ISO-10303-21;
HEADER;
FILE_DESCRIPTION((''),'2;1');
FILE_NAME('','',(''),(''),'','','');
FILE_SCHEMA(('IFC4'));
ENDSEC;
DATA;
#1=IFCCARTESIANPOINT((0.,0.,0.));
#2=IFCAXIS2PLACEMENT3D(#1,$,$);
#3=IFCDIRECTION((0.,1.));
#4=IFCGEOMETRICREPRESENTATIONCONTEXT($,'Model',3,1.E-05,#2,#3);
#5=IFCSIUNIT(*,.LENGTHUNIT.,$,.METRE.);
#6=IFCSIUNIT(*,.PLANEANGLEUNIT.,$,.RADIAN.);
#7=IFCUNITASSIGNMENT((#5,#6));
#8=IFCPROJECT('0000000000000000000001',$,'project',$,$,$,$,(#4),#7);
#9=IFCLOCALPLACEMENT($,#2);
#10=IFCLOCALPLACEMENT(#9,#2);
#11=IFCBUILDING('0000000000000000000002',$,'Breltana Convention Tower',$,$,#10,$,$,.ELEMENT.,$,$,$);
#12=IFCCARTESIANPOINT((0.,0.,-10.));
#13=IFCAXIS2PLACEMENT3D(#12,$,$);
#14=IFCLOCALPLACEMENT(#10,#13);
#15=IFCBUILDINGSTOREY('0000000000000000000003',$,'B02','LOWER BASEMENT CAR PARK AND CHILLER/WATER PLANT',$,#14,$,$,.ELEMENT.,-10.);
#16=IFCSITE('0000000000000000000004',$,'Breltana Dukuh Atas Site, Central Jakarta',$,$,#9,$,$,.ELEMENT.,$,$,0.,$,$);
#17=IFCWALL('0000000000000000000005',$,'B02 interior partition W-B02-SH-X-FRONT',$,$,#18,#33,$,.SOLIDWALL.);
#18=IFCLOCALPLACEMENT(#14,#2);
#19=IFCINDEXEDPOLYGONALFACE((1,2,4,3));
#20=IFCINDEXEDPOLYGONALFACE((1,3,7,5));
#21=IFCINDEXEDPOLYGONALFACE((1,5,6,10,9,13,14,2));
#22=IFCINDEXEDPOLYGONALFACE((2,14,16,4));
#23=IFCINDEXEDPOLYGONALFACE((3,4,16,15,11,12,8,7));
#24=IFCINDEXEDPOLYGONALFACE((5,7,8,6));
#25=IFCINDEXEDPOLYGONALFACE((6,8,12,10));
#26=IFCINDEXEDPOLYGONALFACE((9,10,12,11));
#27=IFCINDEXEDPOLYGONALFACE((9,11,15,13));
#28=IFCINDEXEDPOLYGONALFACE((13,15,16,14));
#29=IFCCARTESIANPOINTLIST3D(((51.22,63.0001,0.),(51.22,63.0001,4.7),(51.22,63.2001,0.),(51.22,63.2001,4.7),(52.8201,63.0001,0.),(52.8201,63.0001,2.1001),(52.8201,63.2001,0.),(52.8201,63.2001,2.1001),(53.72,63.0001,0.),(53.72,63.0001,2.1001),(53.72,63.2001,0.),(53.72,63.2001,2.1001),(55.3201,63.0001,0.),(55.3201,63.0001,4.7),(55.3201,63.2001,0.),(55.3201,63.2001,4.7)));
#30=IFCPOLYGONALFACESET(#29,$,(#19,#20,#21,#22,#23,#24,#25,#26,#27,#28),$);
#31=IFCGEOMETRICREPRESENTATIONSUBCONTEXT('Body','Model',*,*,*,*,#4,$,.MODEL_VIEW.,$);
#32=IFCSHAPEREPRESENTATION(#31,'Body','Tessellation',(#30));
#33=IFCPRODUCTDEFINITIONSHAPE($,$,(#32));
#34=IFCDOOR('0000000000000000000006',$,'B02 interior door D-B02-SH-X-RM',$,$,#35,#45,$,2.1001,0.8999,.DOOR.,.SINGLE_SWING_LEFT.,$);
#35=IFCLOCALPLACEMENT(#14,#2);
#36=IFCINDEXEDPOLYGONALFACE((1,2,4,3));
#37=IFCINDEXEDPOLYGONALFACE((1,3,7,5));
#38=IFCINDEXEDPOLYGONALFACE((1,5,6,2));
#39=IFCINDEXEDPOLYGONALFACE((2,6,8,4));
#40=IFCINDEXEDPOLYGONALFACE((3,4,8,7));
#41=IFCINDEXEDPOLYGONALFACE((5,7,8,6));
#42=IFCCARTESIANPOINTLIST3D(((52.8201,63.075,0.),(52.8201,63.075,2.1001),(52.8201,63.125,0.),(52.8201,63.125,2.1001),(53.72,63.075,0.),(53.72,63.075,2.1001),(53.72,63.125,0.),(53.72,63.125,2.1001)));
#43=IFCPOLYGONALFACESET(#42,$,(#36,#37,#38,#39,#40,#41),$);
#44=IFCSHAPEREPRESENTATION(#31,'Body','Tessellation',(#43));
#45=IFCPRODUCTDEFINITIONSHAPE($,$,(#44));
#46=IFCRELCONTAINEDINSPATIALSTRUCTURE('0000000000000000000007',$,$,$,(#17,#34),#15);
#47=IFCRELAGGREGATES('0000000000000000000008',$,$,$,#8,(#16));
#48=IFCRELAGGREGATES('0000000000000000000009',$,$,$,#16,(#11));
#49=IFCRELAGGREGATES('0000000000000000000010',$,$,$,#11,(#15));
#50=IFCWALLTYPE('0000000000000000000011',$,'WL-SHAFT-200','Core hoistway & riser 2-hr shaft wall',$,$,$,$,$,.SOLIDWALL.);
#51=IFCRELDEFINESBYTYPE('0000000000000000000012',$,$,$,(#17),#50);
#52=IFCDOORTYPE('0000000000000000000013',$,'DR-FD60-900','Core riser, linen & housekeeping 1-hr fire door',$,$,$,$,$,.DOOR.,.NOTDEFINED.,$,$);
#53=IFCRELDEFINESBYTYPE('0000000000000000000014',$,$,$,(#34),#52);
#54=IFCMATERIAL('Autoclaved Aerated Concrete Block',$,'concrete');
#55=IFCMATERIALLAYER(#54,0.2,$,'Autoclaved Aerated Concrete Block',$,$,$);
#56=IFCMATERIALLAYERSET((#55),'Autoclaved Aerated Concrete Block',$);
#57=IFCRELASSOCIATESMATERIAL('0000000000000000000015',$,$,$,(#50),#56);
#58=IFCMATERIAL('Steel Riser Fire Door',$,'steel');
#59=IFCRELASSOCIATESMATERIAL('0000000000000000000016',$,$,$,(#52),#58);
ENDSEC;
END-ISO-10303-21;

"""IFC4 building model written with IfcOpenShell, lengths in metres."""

from ifc_helpers import new_model, si_unit, direction, frame, frame_2d, origin, place, context, subcontext, project, spatial, rectangle, extrude, source, transform, mapped, material, layer, layer_set, type_object, type_shapes, element, fill, save


model = new_model("IFC4")

# Units and contexts
model_context = context("Model", 3, precision=1e-05, world=origin(), true_north=direction((0.0, 1.0)))
body_context = subcontext(model_context, "Body", "Model", "MODEL_VIEW")
ifc_project = project(units=[si_unit("LENGTHUNIT", "METRE"), si_unit("PLANEANGLEUNIT", "RADIAN")], contexts=[model_context])

# Site, building, storey
site_placement = place(None, origin())
site = spatial("IfcSite", under=ifc_project, at=site_placement, Name="Breltana Dukuh Atas Site, Central Jakarta", CompositionType="ELEMENT", RefElevation=0.0)
building_placement = place(site_placement, origin())
building = spatial("IfcBuilding", under=site, at=building_placement, Name="Breltana Convention Tower", CompositionType="ELEMENT")
storey_placement = place(building_placement, frame((0.0, 0.0, -10.0)))
storey = spatial("IfcBuildingStorey", under=building, at=storey_placement, Name="B02", Description="LOWER BASEMENT CAR PARK AND CHILLER/WATER PLANT", CompositionType="ELEMENT", Elevation=-10.0)

# Shared definitions
ifc_material_1 = material(Name="Autoclaved Aerated Concrete Block", Category="concrete")
ifc_layer_1 = layer(ifc_material_1, 0.2, Name="Autoclaved Aerated Concrete Block")
ifc_layer_set_1 = layer_set([ifc_layer_1], Name="Autoclaved Aerated Concrete Block")
wall_type_1 = type_object("IfcWallType", Name="WL-SHAFT-200", Description="Core hoistway & riser 2-hr shaft wall", PredefinedType="SOLIDWALL", material=ifc_layer_set_1)

# Wall, opening, door
shared_shape_1 = source(origin(), body_context, "Body", "SweptSolid", [
    extrude(rectangle(XDim=4.1001, YDim=0.2, at=frame_2d((2.05, 0.0))), origin(), (0.0, 0.0, 1.0), 4.7),
])
wall_1_placement = place(storey_placement, frame((51.22, 63.1001, 0.0), z_axis=(0.0, 0.0, 1.0), x_axis=(1.0, 0.0, 0.0)))
wall_1 = element("IfcWall", 1, at=wall_1_placement, inside=storey, type_object=wall_type_1, Name="B02 interior partition W-B02-SH-X-FRONT", PredefinedType="SOLIDWALL", context=body_context, shape_type="MappedRepresentation", body=[
    mapped(shared_shape_1, transform((0.0, 0.0, 0.0), scale=1.0)),
])
opening_1_placement = place(wall_1_placement, frame((1.6001, 0.0, 0.0)))
opening_1 = element("IfcOpeningElement", 2, at=opening_1_placement, cuts=wall_1, PredefinedType="OPENING", context=body_context, shape_type="SweptSolid", body=[
    extrude(rectangle(XDim=0.8999, YDim=2.1001, at=frame_2d((0.45, 1.05))), frame((0.0, 0.1099, 0.0), z_axis=(0.0, -1.0, 0.0), x_axis=(1.0, 0.0, 0.0)), (0.0, 0.0, 1.0), 0.22),
])
ifc_material_2 = material(Name="Steel Riser Fire Door", Category="steel")
door_type_1 = type_object("IfcDoorType", Name="DR-FD60-900", Description="Core riser, linen & housekeeping 1-hr fire door", OperationType="NOTDEFINED", PredefinedType="DOOR", material=ifc_material_2)
shared_shape_2 = source(origin(), body_context, "Body", "SweptSolid", [
    extrude(rectangle(XDim=0.8999, YDim=2.1001, at=frame_2d((0.45, 1.05))), frame((0.0, 0.0249, 0.0), z_axis=(0.0, -1.0, 0.0), x_axis=(1.0, 0.0, 0.0)), (0.0, 0.0, 1.0), 0.05),
])
type_shapes(door_type_1, [shared_shape_2])
door_1_placement = place(opening_1_placement, origin())
door_1 = element("IfcDoor", 3, at=door_1_placement, inside=storey, type_object=door_type_1, Name="B02 interior door D-B02-SH-X-RM", OperationType="SINGLE_SWING_LEFT", OverallHeight=2.1001, OverallWidth=0.8999, PredefinedType="DOOR", context=body_context, shape_type="MappedRepresentation", body=[
    mapped(shared_shape_2, transform((0.0, 0.0, 0.0), scale=1.0)),
])
fill(opening_1, door_1)

save(model, "model.ifc")
